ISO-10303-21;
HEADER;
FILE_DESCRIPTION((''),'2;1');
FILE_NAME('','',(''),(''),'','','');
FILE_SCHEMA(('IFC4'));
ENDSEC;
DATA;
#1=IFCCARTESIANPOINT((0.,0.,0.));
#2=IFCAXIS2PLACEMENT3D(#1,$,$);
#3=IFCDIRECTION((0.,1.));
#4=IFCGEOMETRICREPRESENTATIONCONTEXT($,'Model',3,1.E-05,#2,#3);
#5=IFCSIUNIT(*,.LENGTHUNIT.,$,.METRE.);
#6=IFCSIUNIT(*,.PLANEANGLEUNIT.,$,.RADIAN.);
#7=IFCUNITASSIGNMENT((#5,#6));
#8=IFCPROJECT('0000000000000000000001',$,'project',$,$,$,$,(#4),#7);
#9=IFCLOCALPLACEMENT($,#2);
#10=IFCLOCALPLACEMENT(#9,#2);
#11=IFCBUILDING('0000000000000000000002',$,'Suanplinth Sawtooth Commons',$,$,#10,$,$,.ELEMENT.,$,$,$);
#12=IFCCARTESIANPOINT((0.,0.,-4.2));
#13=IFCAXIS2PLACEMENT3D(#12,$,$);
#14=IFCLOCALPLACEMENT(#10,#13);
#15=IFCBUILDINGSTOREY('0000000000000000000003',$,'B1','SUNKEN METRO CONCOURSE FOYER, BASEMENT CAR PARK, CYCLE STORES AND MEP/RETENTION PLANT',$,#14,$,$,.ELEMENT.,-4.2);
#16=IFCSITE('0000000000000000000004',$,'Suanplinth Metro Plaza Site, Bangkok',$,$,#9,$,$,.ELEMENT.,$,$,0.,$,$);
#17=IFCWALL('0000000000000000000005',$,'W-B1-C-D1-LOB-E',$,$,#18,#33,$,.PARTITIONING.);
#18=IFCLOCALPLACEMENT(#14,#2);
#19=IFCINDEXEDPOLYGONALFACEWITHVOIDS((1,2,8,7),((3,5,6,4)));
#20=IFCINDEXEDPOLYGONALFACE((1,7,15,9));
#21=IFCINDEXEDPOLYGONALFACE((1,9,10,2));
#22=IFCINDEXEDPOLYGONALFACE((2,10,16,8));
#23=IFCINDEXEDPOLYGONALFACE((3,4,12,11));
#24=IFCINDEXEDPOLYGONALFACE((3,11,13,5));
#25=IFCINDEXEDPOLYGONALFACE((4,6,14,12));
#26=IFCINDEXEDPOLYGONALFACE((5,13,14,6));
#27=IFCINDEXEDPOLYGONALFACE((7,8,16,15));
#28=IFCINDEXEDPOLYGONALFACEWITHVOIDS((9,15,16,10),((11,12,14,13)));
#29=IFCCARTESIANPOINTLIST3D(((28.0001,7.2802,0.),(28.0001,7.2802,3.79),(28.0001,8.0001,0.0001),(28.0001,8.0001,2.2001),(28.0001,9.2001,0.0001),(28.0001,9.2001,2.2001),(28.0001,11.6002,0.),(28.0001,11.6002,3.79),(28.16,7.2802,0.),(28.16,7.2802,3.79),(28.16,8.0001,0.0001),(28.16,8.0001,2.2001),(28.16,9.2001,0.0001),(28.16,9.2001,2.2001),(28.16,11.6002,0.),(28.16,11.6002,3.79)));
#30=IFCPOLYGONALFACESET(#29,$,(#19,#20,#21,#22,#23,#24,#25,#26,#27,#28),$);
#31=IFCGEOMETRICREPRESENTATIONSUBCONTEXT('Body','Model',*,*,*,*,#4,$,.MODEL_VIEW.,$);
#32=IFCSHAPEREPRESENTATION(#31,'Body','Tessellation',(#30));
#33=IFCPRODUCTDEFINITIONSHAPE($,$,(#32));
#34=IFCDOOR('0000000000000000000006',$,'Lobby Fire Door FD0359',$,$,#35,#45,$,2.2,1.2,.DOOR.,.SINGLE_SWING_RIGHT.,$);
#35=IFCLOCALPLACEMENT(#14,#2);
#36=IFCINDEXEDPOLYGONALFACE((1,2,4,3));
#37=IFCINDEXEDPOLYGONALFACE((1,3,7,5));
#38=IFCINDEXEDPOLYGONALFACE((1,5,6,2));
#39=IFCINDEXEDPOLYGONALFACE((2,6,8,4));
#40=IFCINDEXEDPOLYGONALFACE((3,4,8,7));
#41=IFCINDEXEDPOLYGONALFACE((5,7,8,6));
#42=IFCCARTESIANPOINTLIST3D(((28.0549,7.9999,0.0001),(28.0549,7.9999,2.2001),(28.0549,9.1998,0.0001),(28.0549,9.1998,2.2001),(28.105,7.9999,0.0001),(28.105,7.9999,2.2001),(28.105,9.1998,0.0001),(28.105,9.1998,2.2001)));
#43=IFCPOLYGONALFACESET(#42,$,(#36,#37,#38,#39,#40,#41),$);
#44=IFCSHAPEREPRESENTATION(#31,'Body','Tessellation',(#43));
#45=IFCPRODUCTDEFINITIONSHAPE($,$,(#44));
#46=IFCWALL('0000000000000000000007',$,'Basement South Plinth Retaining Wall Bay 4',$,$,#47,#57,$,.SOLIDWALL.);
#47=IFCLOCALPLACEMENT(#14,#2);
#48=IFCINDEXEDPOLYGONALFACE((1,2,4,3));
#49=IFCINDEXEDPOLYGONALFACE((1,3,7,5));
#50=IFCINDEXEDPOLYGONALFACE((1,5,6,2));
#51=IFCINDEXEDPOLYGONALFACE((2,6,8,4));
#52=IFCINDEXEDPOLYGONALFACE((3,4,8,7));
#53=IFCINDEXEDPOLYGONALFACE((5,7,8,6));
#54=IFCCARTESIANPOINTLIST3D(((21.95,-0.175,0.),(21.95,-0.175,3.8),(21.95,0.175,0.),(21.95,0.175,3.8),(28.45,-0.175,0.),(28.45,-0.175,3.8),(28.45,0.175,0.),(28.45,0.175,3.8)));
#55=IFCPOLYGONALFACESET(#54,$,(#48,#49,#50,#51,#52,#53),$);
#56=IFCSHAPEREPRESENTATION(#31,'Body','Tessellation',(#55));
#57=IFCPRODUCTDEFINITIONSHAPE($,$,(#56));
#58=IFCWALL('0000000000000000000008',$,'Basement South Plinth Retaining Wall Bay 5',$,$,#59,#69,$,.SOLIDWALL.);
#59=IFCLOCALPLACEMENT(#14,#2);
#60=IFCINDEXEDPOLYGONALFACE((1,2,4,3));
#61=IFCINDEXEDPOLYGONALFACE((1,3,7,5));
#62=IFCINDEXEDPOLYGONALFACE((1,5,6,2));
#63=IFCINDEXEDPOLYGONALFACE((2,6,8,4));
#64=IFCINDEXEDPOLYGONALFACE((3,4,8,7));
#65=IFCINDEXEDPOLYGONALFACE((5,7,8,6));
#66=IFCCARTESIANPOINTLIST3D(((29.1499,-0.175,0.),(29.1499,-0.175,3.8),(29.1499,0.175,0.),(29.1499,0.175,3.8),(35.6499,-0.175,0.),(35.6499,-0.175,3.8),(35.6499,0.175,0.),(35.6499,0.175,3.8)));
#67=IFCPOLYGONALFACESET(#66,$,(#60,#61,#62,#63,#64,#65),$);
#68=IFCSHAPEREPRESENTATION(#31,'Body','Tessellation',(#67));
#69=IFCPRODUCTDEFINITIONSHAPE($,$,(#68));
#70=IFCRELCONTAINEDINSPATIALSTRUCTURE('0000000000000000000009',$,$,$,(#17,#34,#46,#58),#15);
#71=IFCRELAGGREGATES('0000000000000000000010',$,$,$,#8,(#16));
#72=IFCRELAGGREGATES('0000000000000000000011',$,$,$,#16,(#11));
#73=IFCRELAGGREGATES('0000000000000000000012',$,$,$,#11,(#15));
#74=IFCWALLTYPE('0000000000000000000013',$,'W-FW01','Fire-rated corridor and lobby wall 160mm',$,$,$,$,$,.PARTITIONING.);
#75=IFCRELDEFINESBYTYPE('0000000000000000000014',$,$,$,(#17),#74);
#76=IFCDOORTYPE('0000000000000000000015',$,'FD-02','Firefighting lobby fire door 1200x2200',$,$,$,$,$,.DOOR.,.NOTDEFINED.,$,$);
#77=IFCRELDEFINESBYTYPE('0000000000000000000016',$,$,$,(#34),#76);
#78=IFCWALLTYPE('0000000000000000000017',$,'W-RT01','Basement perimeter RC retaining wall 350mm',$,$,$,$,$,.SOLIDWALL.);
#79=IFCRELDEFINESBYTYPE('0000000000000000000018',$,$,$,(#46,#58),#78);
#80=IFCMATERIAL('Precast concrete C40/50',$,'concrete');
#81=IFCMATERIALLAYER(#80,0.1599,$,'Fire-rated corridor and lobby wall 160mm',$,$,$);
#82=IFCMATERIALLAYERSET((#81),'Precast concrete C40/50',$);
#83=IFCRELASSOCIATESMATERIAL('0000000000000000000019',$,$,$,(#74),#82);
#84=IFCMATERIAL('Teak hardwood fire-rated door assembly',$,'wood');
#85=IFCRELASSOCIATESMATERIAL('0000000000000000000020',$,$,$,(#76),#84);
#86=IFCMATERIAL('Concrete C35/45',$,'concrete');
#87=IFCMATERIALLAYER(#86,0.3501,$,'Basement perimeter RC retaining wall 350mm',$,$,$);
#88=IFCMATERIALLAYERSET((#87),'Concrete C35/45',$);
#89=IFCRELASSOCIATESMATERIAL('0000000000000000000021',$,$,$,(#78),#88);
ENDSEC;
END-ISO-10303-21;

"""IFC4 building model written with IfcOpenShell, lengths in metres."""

from ifc_helpers import new_model, si_unit, direction, frame, frame_2d, origin, place, context, subcontext, project, spatial, rectangle, extrude, material, layer, layer_set, type_object, element, fill, save


model = new_model("IFC4")

# Units and contexts
model_context = context("Model", 3, precision=1e-05, world=origin(), true_north=direction((0.0, 1.0)))
body_context = subcontext(model_context, "Body", "Model", "MODEL_VIEW")
ifc_project = project(units=[si_unit("LENGTHUNIT", "METRE"), si_unit("PLANEANGLEUNIT", "RADIAN")], contexts=[model_context])

# Site, building, storey
site_placement = place(None, origin())
site = spatial("IfcSite", under=ifc_project, at=site_placement, Name="Suanplinth Metro Plaza Site, Bangkok", CompositionType="ELEMENT", RefElevation=0.0)
building_placement = place(site_placement, origin())
building = spatial("IfcBuilding", under=site, at=building_placement, Name="Suanplinth Sawtooth Commons", CompositionType="ELEMENT")
storey_placement = place(building_placement, frame((0.0, 0.0, -4.2)))
storey = spatial("IfcBuildingStorey", under=building, at=storey_placement, Name="B1", Description="SUNKEN METRO CONCOURSE FOYER, BASEMENT CAR PARK, CYCLE STORES AND MEP/RETENTION PLANT", CompositionType="ELEMENT", Elevation=-4.2)

# Shared definitions
ifc_material_1 = material(Name="Concrete C35/45", Category="concrete")

# Wall, opening, door
ifc_material_2 = material(Name="Precast concrete C40/50", Category="concrete")
ifc_layer_1 = layer(ifc_material_2, 0.1599, Name="Fire-rated corridor and lobby wall 160mm")
ifc_layer_set_1 = layer_set([ifc_layer_1], Name="Precast concrete C40/50")
wall_type_1 = type_object("IfcWallType", Name="W-FW01", Description="Fire-rated corridor and lobby wall 160mm", PredefinedType="PARTITIONING", material=ifc_layer_set_1)
ifc_material_3 = material(Name="Teak hardwood fire-rated door assembly", Category="wood")
door_type = type_object("IfcDoorType", Name="FD-02", Description="Firefighting lobby fire door 1200x2200", OperationType="NOTDEFINED", PredefinedType="DOOR", material=ifc_material_3)
wall_1_placement = place(storey_placement, frame((28.0801, 7.28, 0.0), z_axis=(0.0, 0.0, 1.0), x_axis=(0.0, 1.0, 0.0)))
wall_1 = element("IfcWall", 1, at=wall_1_placement, inside=storey, type_object=wall_type_1, Name="W-B1-C-D1-LOB-E", PredefinedType="PARTITIONING", context=body_context, shape_type="SweptSolid", body=[
    extrude(rectangle(XDim=4.3201, YDim=0.1599, at=frame_2d((2.1602, 0.0))), origin(), (0.0, 0.0, 1.0), 3.79),
])
opening_1_placement = place(wall_1_placement, frame((0.72, 0.0, 0.0)))
opening_1 = element("IfcOpeningElement", 2, at=opening_1_placement, cuts=wall_1, PredefinedType="OPENING", context=body_context, shape_type="SweptSolid", body=[
    extrude(rectangle(XDim=1.2, YDim=2.2, at=frame_2d((0.6001, 1.1001))), frame((0.0, 0.0947, 0.0), z_axis=(0.0, -1.0, 0.0), x_axis=(1.0, 0.0, 0.0)), (0.0, 0.0, 1.0), 0.1897),
])
door_1_placement = place(opening_1_placement, frame((1.2, 0.0, 0.0), z_axis=(0.0, 0.0, 1.0), x_axis=(-1.0, 0.0, 0.0)))
door_1 = element("IfcDoor", 3, at=door_1_placement, inside=storey, type_object=door_type, Name="Lobby Fire Door FD0359", OperationType="SINGLE_SWING_RIGHT", OverallHeight=2.2, OverallWidth=1.2, PredefinedType="DOOR", context=body_context, shape_type="SweptSolid", body=[
    extrude(rectangle(XDim=1.2, YDim=2.2, at=frame_2d((0.6001, 1.1001))), frame((0.0, 0.0249, 0.0), z_axis=(0.0, -1.0, 0.0), x_axis=(1.0, 0.0, 0.0)), (0.0, 0.0, 1.0), 0.05),
])
fill(opening_1, door_1)

# Walls
ifc_layer_2 = layer(ifc_material_1, 0.3501, Name="Basement perimeter RC retaining wall 350mm")
ifc_layer_set_2 = layer_set([ifc_layer_2], Name="Concrete C35/45")
wall_type_2 = type_object("IfcWallType", Name="W-RT01", Description="Basement perimeter RC retaining wall 350mm", PredefinedType="SOLIDWALL", material=ifc_layer_set_2)
for number, where, z_axis, x_axis, name in (
    (4, (21.95, 0.0, 0.0), (0.0, 0.0, 1.0), (1.0, 0.0, 0.0), "Basement South Plinth Retaining Wall Bay 4"),
    (5, (29.1499, 0.0, 0.0), (0.0, 0.0, 1.0), (1.0, 0.0, 0.0), "Basement South Plinth Retaining Wall Bay 5"),
):
    element("IfcWall", number, at=place(storey_placement, frame(where, z_axis=z_axis, x_axis=x_axis)), inside=storey, type_object=wall_type_2, Name=name, PredefinedType="SOLIDWALL", context=body_context, shape_type="SweptSolid", body=[
        extrude(rectangle(XDim=6.5, YDim=0.3501, at=frame_2d((3.25, 0.0))), origin(), (0.0, 0.0, 1.0), 3.8),
    ])

save(model, "model.ifc")
